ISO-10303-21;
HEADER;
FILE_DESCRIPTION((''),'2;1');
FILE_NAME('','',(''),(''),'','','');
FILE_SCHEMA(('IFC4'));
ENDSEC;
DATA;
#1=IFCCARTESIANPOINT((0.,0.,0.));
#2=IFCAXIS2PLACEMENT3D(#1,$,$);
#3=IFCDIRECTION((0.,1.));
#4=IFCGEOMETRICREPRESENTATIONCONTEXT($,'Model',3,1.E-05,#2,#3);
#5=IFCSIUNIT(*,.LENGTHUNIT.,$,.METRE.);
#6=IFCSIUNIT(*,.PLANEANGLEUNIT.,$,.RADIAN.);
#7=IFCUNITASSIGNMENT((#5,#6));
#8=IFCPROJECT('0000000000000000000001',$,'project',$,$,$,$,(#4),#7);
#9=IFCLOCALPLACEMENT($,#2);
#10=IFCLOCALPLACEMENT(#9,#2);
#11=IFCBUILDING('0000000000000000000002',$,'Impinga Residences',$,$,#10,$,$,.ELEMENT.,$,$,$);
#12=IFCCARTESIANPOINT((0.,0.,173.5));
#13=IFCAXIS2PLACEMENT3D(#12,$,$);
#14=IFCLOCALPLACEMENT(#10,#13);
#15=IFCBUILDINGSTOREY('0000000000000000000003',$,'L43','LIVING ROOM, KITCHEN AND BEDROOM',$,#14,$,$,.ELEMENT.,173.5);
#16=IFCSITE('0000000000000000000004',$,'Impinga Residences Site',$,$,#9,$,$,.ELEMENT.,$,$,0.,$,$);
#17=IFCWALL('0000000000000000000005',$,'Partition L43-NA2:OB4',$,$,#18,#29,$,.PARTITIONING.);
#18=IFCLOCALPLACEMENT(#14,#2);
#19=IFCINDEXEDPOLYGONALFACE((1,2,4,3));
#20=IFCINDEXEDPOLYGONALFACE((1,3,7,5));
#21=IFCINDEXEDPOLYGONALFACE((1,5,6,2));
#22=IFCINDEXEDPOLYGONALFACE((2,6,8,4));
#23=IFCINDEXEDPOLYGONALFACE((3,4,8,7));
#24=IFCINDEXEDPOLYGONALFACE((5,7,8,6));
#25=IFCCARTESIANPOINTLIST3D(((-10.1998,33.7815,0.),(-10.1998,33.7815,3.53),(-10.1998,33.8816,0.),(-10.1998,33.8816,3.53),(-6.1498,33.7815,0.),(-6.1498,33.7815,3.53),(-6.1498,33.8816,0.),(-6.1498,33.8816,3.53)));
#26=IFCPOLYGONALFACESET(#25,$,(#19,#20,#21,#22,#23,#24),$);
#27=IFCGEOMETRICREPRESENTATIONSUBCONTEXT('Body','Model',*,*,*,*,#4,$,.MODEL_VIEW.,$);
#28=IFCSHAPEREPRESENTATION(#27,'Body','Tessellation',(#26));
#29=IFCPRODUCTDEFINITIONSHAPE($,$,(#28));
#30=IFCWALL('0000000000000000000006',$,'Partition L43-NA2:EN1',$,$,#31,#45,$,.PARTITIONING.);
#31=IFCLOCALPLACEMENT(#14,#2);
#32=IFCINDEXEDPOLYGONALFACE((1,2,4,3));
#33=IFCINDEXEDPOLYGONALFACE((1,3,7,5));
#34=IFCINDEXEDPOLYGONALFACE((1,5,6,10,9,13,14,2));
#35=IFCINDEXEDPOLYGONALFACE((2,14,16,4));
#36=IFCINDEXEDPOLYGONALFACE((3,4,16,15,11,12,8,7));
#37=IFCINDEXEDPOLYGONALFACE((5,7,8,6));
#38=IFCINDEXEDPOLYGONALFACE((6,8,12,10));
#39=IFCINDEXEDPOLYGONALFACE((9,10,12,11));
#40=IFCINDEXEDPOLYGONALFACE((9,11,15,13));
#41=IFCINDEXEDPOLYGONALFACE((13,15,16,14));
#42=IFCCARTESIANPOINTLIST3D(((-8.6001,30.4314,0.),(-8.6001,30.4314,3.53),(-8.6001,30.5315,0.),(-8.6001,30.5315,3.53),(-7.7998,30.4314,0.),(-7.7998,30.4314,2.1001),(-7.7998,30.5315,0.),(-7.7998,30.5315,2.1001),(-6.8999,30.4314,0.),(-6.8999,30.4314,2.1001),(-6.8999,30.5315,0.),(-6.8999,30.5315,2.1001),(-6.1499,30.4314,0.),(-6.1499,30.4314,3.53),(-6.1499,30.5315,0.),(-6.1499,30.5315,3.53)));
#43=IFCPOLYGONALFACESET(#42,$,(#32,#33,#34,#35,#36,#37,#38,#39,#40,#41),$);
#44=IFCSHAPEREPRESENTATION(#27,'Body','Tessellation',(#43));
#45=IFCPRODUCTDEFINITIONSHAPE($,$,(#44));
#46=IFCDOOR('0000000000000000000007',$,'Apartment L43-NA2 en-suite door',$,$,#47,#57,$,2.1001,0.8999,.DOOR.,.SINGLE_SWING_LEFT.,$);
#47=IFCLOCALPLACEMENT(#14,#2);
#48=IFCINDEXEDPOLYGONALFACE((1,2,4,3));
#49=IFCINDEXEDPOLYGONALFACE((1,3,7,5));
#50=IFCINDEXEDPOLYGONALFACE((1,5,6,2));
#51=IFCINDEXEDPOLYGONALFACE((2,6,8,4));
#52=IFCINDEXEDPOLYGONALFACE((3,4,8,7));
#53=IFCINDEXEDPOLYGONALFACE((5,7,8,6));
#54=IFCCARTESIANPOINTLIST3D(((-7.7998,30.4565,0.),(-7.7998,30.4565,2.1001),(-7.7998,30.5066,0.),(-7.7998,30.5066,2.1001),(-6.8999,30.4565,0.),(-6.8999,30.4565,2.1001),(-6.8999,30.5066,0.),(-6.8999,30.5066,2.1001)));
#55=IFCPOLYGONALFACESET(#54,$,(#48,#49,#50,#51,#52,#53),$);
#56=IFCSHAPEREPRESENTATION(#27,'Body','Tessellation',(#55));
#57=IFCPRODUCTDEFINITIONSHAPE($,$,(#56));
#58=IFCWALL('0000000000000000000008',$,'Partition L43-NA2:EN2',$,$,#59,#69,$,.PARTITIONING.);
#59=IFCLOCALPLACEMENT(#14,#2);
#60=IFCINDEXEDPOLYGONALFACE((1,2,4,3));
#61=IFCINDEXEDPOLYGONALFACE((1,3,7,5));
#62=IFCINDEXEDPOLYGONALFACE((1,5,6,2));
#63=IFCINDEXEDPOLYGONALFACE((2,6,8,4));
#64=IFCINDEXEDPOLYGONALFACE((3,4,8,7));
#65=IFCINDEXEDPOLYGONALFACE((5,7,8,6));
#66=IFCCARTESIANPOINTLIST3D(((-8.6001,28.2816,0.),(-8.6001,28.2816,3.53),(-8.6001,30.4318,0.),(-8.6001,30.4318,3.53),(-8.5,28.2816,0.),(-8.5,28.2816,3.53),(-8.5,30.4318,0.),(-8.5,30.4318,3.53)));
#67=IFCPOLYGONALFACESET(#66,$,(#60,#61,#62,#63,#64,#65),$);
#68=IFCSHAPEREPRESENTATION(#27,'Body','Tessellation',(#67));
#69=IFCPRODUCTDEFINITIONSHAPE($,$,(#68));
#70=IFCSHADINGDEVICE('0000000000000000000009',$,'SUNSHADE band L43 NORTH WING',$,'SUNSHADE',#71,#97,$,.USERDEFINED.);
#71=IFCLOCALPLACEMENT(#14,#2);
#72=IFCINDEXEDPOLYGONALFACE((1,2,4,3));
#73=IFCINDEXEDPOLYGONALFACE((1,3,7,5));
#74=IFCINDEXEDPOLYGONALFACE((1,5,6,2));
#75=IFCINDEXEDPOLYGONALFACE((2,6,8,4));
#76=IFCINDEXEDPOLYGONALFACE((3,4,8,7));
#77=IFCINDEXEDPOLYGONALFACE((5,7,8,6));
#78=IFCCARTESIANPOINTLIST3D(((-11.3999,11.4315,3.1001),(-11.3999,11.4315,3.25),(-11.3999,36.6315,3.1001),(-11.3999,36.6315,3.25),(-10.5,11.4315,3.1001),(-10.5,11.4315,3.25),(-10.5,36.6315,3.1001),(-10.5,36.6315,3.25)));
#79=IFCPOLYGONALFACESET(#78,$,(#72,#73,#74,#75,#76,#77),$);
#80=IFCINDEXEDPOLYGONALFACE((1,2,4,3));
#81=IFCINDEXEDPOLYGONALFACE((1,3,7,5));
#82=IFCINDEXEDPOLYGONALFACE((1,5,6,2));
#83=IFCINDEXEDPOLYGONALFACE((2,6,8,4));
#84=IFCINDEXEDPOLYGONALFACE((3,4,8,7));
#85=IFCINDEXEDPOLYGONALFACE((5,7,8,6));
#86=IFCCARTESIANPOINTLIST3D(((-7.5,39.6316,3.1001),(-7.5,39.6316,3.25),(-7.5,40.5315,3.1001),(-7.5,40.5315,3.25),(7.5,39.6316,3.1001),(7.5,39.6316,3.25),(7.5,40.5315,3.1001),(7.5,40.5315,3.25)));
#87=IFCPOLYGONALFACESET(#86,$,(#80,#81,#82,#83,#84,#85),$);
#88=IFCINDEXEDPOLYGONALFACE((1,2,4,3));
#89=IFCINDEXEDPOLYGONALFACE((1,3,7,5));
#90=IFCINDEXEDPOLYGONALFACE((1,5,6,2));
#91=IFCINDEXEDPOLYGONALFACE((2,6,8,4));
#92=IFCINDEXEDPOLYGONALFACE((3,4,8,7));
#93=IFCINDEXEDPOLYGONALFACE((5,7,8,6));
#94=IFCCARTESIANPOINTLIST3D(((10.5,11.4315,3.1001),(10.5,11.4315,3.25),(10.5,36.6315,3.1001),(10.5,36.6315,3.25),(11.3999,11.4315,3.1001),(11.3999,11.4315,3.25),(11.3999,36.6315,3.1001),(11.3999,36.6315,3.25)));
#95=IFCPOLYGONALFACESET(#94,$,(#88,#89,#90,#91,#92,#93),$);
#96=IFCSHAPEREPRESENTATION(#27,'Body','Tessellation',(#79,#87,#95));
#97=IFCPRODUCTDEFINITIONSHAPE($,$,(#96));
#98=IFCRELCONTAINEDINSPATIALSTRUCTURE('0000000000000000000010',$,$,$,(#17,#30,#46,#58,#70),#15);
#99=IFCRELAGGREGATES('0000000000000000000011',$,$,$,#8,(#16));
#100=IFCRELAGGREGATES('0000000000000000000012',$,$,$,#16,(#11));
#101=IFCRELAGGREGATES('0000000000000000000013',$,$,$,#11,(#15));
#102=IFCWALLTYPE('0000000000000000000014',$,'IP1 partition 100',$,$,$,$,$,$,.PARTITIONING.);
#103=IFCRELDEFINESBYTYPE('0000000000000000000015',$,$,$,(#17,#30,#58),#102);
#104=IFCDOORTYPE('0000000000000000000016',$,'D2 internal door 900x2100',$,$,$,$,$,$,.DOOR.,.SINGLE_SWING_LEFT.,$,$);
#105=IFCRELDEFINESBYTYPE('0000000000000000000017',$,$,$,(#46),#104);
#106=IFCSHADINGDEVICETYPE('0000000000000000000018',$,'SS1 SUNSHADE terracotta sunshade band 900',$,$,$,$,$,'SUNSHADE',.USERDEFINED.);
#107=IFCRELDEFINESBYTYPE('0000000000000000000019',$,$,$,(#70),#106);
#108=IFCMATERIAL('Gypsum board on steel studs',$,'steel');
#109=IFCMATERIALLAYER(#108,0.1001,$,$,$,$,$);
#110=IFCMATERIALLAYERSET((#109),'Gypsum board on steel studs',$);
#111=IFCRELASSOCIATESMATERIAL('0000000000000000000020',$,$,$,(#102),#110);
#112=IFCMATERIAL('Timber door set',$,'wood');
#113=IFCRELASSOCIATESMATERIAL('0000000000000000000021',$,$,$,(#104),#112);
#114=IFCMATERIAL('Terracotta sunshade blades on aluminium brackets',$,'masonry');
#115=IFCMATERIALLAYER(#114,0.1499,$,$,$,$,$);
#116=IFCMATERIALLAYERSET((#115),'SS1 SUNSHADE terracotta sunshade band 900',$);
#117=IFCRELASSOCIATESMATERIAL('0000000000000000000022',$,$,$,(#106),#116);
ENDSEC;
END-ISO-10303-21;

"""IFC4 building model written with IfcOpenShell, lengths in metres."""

from ifc_helpers import new_model, si_unit, direction, frame, frame_2d, origin, origin_2d, place, context, subcontext, project, spatial, rectangle, extrude, material, layer, layer_set, type_object, element, fill, save


model = new_model("IFC4")

# Units and contexts
model_context = context("Model", 3, precision=1e-05, world=origin(), true_north=direction((0.0, 1.0)))
body_context = subcontext(model_context, "Body", "Model", "MODEL_VIEW")
ifc_project = project(units=[si_unit("LENGTHUNIT", "METRE"), si_unit("PLANEANGLEUNIT", "RADIAN")], contexts=[model_context])

# Site, building, storey
site_placement = place(None, origin())
site = spatial("IfcSite", under=ifc_project, at=site_placement, Name="Impinga Residences Site", CompositionType="ELEMENT", RefElevation=0.0)
building_placement = place(site_placement, origin())
building = spatial("IfcBuilding", under=site, at=building_placement, Name="Impinga Residences", CompositionType="ELEMENT")
storey_placement = place(building_placement, frame((0.0, 0.0, 173.5)))
storey = spatial("IfcBuildingStorey", under=building, at=storey_placement, Name="L43", Description="LIVING ROOM, KITCHEN AND BEDROOM", CompositionType="ELEMENT", Elevation=173.5)

# Wall
ifc_material_1 = material(Name="Gypsum board on steel studs", Category="steel")
ifc_layer_1 = layer(ifc_material_1, 0.1001)
ifc_layer_set_1 = layer_set([ifc_layer_1], Name="Gypsum board on steel studs")
wall_type_1 = type_object("IfcWallType", Name="IP1 partition 100", PredefinedType="PARTITIONING", material=ifc_layer_set_1)
wall_1_placement = place(storey_placement, frame((-6.1499, 33.8315, 0.0), z_axis=(0.0, 0.0, 1.0), x_axis=(-1.0, 0.0, 0.0)))
element("IfcWall", 1, at=wall_1_placement, inside=storey, type_object=wall_type_1, Name="Partition L43-NA2:OB4", PredefinedType="PARTITIONING", context=body_context, shape_type="SweptSolid", body=[
    extrude(rectangle(XDim=4.05, YDim=0.1001, at=frame_2d((2.0249, 0.0))), origin(), (0.0, 0.0, 1.0), 3.53),
])

# Wall, opening, door
wall_2_placement = place(storey_placement, frame((-6.1499, 30.4814, 0.0), z_axis=(0.0, 0.0, 1.0), x_axis=(-1.0, 0.0, 0.0)))
wall_2 = element("IfcWall", 2, at=wall_2_placement, inside=storey, type_object=wall_type_1, Name="Partition L43-NA2:EN1", PredefinedType="PARTITIONING", context=body_context, shape_type="SweptSolid", body=[
    extrude(rectangle(XDim=2.4502, YDim=0.1001, at=frame_2d((1.2251, 0.0))), origin(), (0.0, 0.0, 1.0), 3.53),
])
opening_1_placement = place(wall_2_placement, frame((0.75, 0.0, 0.0)))
opening_1 = element("IfcOpeningElement", 3, at=opening_1_placement, cuts=wall_2, PredefinedType="OPENING", context=body_context, shape_type="SweptSolid", body=[
    extrude(rectangle(XDim=0.8999, YDim=2.1001, at=frame_2d((0.45, 1.05))), frame((0.0, 0.0601, 0.0), z_axis=(0.0, -1.0, 0.0), x_axis=(1.0, 0.0, 0.0)), (0.0, 0.0, 1.0), 0.1201),
])
ifc_material_2 = material(Name="Timber door set", Category="wood")
door_type = type_object("IfcDoorType", Name="D2 internal door 900x2100", OperationType="SINGLE_SWING_LEFT", PredefinedType="DOOR", material=ifc_material_2)
door_placement = place(opening_1_placement, origin())
door = element("IfcDoor", 4, at=door_placement, inside=storey, type_object=door_type, Name="Apartment L43-NA2 en-suite door", OperationType="SINGLE_SWING_LEFT", OverallHeight=2.1001, OverallWidth=0.8999, PredefinedType="DOOR", context=body_context, shape_type="SweptSolid", body=[
    extrude(rectangle(XDim=0.8999, YDim=2.1001, at=frame_2d((0.45, 1.05))), frame((0.0, 0.0249, 0.0), z_axis=(0.0, -1.0, 0.0), x_axis=(1.0, 0.0, 0.0)), (0.0, 0.0, 1.0), 0.05),
])
fill(opening_1, door)

# Wall
wall_3_placement = place(storey_placement, frame((-8.55, 28.2815, 0.0), z_axis=(0.0, 0.0, 1.0), x_axis=(0.0, 1.0, 0.0)))
element("IfcWall", 5, at=wall_3_placement, inside=storey, type_object=wall_type_1, Name="Partition L43-NA2:EN2", PredefinedType="PARTITIONING", context=body_context, shape_type="SweptSolid", body=[
    extrude(rectangle(XDim=2.1501, YDim=0.1001, at=frame_2d((1.0752, 0.0))), origin(), (0.0, 0.0, 1.0), 3.53),
])

# Shading device
ifc_material_3 = material(Name="Terracotta sunshade blades on aluminium brackets", Category="masonry")
ifc_layer_2 = layer(ifc_material_3, 0.1499)
ifc_layer_set_2 = layer_set([ifc_layer_2], Name="SS1 SUNSHADE terracotta sunshade band 900")
shading_device_type = type_object("IfcShadingDeviceType", Name="SS1 SUNSHADE terracotta sunshade band 900", ElementType="SUNSHADE", PredefinedType="USERDEFINED", material=ifc_layer_set_2)
shading_device_placement = place(storey_placement, frame((-10.95, 24.0315, 3.1001), z_axis=(0.0, 0.0, 1.0), x_axis=(0.0, 1.0, 0.0)))
element("IfcShadingDevice", 6, at=shading_device_placement, inside=storey, type_object=shading_device_type, Name="SUNSHADE band L43 NORTH WING", ObjectType="SUNSHADE", PredefinedType="USERDEFINED", context=body_context, shape_type="SweptSolid", body=[
    extrude(rectangle(XDim=25.2, YDim=0.8999, at=origin_2d()), origin(), (0.0, 0.0, 1.0), 0.1499),
    extrude(rectangle(XDim=15.0, YDim=0.8999, at=origin_2d()), frame((16.05, -10.95, 0.0), z_axis=(0.0, 0.0, 1.0), x_axis=(0.0, -1.0, 0.0)), (0.0, 0.0, 1.0), 0.1499),
    extrude(rectangle(XDim=25.2, YDim=0.8999, at=origin_2d()), frame((0.0, -21.8999, 0.0), z_axis=(0.0, 0.0, 1.0), x_axis=(-1.0, 0.0, 0.0)), (0.0, 0.0, 1.0), 0.1499),
])

save(model, "model.ifc")
